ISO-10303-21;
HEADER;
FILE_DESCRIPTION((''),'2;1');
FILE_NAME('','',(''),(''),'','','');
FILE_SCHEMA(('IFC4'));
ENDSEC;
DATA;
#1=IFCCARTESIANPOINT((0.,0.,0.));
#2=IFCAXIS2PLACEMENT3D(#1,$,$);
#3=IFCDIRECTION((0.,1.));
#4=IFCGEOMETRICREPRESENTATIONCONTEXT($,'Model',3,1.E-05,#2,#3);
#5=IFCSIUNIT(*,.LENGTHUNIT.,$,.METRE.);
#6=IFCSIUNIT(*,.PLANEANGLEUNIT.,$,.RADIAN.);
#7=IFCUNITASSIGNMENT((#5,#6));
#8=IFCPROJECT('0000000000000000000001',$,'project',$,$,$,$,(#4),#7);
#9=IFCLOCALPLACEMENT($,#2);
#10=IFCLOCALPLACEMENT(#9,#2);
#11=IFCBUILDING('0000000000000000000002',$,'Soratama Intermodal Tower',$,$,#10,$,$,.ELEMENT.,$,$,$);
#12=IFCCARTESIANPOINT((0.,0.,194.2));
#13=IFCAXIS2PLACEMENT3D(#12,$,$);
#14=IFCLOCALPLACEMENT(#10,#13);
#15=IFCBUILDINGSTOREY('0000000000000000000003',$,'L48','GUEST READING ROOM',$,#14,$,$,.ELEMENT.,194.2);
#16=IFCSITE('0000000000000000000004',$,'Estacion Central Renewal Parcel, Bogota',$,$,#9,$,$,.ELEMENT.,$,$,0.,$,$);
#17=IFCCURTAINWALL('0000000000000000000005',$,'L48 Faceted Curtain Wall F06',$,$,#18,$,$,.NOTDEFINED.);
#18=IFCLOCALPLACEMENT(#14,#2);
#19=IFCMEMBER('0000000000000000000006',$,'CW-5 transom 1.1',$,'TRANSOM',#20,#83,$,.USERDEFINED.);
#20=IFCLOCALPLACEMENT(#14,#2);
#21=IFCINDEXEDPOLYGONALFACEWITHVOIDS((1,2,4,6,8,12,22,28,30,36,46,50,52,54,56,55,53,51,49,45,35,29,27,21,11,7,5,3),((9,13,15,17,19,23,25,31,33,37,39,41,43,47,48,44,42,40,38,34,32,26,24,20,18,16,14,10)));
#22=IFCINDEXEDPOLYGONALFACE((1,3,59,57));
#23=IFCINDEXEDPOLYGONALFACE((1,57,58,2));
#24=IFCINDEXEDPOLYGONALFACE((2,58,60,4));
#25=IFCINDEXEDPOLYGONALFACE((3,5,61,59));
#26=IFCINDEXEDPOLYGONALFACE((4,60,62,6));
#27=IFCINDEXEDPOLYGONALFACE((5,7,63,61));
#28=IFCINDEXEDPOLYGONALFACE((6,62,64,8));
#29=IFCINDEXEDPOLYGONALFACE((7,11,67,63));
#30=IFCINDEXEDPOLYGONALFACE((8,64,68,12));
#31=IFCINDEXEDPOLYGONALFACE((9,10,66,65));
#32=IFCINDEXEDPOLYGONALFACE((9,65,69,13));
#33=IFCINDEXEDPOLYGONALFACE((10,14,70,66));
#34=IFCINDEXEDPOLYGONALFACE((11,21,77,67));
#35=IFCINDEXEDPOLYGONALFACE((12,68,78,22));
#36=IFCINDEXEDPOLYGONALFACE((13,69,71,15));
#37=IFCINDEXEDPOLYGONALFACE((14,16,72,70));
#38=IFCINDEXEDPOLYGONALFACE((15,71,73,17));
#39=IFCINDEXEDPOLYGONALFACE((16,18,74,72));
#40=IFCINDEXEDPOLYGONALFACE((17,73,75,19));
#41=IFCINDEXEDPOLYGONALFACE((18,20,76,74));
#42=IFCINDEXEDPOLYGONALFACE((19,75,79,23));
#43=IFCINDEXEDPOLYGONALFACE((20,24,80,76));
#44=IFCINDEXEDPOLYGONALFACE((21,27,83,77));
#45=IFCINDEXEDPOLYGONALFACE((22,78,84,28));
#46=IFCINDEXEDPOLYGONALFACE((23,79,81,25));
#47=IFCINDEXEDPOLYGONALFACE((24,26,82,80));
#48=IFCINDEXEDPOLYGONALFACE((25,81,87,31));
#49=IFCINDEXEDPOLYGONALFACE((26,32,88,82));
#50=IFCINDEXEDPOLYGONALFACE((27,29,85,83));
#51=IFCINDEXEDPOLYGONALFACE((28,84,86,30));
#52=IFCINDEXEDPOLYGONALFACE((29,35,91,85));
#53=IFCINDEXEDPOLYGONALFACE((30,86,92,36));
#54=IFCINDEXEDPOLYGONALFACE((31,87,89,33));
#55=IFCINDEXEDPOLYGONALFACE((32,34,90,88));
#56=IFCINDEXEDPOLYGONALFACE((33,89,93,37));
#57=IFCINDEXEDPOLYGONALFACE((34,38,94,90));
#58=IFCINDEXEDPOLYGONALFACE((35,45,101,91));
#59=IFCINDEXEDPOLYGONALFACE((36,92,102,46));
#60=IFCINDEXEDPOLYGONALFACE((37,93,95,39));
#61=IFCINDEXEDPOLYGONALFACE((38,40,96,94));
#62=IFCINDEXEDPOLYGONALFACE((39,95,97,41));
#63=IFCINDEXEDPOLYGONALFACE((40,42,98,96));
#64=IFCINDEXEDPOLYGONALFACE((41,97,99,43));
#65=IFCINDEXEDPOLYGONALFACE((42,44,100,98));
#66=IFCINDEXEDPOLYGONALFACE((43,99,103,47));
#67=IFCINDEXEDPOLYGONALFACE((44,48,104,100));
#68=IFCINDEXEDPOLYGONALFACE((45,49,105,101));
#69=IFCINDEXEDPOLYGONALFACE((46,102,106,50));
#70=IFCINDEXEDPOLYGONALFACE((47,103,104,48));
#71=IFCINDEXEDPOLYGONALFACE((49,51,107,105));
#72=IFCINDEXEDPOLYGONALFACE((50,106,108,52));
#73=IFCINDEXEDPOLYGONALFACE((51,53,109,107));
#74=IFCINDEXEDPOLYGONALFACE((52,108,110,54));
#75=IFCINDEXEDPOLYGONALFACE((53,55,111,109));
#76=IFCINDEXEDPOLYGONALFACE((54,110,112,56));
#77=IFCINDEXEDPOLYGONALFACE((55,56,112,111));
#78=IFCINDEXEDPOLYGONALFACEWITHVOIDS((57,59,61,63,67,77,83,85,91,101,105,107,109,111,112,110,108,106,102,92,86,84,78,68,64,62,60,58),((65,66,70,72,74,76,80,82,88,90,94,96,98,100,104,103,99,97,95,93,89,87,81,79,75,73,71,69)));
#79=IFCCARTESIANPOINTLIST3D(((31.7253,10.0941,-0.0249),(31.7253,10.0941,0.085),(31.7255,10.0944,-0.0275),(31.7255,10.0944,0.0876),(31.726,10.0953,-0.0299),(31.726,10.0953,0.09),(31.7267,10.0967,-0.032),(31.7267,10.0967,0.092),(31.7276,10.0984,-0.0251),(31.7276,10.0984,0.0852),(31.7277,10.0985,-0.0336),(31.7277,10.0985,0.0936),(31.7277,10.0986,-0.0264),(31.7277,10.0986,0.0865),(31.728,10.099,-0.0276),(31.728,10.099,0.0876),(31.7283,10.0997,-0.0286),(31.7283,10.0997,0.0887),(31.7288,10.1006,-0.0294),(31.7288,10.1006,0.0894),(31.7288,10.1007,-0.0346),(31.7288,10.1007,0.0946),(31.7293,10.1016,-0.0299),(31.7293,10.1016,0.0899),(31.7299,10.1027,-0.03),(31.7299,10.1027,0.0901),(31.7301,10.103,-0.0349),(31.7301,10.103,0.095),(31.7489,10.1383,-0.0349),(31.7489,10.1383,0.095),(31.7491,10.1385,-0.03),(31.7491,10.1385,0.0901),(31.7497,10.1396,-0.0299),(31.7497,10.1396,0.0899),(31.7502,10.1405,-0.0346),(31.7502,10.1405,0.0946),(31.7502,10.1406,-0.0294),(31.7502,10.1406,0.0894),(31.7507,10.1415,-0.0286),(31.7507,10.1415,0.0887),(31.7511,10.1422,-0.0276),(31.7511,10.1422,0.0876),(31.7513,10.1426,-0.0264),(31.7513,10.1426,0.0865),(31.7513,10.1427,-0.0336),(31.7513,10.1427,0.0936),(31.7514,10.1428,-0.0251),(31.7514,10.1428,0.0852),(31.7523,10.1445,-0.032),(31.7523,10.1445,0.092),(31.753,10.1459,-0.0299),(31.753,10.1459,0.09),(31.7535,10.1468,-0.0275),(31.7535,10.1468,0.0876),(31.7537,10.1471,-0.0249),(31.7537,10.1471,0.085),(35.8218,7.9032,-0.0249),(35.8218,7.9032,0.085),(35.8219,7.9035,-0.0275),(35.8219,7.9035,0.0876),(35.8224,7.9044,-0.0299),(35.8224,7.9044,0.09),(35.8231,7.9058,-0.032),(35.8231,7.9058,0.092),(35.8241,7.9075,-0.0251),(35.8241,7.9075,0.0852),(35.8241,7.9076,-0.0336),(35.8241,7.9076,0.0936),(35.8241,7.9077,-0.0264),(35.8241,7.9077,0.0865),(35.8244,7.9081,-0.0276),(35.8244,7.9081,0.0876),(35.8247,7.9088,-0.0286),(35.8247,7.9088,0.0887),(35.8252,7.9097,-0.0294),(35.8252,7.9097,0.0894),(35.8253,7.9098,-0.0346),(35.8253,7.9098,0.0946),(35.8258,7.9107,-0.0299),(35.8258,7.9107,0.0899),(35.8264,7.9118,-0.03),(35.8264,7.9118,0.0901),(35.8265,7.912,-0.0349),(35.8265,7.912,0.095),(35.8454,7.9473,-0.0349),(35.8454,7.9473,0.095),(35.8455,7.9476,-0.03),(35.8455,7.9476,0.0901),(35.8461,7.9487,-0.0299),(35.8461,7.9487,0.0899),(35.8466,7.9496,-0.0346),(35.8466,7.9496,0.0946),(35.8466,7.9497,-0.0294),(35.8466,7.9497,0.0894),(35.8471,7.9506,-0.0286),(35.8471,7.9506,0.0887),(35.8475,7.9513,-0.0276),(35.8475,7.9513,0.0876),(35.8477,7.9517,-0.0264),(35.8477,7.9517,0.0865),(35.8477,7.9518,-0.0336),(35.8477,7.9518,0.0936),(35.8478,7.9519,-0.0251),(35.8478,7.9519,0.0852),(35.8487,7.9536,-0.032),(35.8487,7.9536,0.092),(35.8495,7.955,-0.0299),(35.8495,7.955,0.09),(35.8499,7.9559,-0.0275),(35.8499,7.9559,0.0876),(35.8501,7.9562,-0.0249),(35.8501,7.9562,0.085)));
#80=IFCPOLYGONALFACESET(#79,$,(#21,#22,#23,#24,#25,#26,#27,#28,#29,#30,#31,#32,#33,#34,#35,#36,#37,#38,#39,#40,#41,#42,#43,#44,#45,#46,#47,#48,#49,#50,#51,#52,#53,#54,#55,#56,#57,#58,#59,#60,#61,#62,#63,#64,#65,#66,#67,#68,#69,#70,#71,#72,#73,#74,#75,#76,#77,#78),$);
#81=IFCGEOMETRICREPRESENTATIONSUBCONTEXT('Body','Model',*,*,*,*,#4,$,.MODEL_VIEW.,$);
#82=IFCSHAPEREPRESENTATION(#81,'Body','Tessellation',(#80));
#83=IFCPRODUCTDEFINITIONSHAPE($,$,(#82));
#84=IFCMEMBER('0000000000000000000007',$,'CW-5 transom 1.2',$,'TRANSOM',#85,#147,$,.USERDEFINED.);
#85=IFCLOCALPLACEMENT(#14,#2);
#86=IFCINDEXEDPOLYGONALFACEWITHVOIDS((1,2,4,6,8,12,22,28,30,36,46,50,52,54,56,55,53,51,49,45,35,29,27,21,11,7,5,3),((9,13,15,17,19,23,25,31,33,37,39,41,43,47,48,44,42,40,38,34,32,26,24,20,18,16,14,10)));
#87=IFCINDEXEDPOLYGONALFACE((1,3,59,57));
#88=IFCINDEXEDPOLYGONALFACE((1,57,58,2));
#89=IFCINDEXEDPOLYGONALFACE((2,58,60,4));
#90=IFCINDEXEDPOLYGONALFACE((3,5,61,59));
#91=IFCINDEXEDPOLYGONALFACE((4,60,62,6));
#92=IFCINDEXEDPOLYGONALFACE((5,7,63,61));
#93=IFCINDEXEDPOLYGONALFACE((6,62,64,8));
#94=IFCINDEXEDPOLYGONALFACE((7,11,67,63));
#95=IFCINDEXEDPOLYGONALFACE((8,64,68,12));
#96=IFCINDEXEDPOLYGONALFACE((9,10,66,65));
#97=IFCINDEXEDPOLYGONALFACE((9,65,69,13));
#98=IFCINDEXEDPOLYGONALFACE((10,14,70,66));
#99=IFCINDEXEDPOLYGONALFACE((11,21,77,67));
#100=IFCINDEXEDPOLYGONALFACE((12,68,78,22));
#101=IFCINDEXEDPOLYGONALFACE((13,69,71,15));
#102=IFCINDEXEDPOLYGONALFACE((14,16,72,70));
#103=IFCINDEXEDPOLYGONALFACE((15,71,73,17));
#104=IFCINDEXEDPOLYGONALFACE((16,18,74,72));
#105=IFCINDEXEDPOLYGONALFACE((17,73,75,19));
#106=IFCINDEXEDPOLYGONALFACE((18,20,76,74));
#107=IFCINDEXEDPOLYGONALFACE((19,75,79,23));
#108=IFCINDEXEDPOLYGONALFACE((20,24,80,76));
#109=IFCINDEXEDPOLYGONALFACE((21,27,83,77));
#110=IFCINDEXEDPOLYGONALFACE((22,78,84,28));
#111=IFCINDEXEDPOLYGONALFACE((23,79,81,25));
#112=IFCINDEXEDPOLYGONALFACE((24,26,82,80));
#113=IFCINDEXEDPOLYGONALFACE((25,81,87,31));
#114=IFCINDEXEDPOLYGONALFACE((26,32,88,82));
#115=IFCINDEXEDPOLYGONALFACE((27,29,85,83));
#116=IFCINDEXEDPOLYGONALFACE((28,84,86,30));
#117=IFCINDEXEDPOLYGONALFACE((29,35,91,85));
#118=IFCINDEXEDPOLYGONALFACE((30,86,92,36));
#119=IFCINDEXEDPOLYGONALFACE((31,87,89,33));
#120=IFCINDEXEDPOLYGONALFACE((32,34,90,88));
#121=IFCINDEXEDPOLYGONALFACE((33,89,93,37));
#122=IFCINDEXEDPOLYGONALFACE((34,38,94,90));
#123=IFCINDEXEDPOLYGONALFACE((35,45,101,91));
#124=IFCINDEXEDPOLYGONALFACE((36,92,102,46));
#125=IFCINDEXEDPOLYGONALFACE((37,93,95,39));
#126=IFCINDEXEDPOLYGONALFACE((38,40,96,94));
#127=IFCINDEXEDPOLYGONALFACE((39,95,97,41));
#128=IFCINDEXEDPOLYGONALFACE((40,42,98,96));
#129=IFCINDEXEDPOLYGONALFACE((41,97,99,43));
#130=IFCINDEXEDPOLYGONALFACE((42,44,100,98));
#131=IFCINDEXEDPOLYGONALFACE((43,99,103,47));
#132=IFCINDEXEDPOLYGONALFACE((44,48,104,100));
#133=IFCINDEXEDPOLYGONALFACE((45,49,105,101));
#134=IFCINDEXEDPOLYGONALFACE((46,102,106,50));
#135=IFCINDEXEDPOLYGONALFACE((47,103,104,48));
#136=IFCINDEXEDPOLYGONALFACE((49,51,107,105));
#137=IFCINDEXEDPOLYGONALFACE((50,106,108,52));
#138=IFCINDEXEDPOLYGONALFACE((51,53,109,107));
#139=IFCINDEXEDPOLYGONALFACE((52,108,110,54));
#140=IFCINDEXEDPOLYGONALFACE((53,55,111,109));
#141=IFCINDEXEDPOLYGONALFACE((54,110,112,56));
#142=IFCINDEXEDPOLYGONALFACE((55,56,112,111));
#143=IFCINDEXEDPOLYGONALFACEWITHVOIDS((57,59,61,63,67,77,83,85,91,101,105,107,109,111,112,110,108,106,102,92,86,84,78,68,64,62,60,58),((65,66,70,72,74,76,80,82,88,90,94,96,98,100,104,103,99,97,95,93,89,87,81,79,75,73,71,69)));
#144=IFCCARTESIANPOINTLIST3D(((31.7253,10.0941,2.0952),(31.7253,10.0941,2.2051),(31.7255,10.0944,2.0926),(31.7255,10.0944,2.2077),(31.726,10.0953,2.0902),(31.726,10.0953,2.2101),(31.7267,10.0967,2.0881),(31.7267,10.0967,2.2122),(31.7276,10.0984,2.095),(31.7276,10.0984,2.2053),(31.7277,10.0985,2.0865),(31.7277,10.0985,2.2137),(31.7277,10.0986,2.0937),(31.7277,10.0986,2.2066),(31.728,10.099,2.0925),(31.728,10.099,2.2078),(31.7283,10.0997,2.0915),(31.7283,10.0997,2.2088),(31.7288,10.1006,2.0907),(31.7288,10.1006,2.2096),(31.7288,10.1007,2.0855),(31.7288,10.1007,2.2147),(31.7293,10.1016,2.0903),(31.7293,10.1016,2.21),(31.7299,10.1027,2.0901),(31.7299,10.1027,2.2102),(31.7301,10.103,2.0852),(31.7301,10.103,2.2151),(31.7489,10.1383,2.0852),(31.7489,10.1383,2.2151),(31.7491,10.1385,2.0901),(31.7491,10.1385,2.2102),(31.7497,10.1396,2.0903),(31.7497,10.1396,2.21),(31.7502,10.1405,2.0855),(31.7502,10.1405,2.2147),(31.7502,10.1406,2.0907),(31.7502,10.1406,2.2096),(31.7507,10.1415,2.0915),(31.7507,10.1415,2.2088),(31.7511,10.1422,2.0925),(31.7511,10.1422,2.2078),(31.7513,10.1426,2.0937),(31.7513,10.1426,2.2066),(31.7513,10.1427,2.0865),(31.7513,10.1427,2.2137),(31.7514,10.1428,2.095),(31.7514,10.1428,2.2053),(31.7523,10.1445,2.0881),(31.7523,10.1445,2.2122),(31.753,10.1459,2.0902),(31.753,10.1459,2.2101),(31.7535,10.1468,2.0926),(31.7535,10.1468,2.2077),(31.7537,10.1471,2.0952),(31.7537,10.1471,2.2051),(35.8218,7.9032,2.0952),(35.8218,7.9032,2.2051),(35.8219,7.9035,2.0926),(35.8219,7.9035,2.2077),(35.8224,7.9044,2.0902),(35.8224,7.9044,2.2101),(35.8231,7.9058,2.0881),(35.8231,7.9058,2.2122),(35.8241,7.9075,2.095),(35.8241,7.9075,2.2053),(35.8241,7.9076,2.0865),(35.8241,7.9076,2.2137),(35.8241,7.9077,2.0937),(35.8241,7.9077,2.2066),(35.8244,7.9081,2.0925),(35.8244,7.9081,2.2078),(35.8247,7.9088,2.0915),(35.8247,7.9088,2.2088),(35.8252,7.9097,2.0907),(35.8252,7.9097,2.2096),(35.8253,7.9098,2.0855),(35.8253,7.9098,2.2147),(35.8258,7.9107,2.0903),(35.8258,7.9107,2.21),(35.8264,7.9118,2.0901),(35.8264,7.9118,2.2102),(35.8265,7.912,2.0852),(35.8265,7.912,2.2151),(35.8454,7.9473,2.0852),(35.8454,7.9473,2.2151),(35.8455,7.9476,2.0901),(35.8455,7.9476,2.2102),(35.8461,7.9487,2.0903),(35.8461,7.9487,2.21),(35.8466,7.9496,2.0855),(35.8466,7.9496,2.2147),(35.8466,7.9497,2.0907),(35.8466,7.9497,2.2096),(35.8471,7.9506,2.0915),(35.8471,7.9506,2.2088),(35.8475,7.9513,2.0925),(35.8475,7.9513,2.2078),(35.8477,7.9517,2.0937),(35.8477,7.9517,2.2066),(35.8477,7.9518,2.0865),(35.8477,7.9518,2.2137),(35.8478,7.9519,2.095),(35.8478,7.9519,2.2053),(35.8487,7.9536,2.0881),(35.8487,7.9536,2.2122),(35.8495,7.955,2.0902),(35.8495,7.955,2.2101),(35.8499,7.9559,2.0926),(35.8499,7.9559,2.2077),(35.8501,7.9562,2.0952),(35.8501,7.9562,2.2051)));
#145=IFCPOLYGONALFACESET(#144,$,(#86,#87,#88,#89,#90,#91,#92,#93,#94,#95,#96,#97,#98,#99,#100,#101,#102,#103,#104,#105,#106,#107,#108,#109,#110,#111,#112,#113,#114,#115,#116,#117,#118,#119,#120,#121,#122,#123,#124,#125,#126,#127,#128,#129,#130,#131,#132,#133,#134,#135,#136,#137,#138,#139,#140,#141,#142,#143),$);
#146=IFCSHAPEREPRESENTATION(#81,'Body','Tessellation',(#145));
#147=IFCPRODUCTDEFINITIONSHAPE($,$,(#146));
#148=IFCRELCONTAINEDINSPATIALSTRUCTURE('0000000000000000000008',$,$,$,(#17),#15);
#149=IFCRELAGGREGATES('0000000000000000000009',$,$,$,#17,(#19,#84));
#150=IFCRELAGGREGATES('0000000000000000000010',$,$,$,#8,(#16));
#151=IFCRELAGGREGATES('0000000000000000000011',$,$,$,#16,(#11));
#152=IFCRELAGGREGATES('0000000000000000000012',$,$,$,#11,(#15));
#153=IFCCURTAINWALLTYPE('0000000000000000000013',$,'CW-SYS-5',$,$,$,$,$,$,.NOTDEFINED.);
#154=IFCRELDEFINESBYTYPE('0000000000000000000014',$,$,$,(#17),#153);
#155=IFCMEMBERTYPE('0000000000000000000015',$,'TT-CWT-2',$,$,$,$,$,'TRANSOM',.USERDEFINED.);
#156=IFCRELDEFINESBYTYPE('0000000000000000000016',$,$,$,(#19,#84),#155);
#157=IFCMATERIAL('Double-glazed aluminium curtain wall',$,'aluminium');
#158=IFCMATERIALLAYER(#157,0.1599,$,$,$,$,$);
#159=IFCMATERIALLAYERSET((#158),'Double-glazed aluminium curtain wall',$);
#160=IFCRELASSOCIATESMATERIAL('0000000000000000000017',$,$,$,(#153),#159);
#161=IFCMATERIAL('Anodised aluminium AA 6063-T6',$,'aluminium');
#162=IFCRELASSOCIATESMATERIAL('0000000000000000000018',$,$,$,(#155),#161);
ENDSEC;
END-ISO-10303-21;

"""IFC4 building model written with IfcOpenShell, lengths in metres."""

from ifc_helpers import new_model, si_unit, direction, frame, origin, origin_2d, place, context, subcontext, project, spatial, hollow_rectangle, extrude, material, layer, layer_set, material_profile, profile_set, type_object, element, aggregate, save


model = new_model("IFC4")

# Units and contexts
model_context = context("Model", 3, precision=1e-05, world=origin(), true_north=direction((0.0, 1.0)))
body_context = subcontext(model_context, "Body", "Model", "MODEL_VIEW")
ifc_project = project(units=[si_unit("LENGTHUNIT", "METRE"), si_unit("PLANEANGLEUNIT", "RADIAN")], contexts=[model_context])

# Site, building, storey
site_placement = place(None, origin())
site = spatial("IfcSite", under=ifc_project, at=site_placement, Name="Estacion Central Renewal Parcel, Bogota", CompositionType="ELEMENT", RefElevation=0.0)
building_placement = place(site_placement, origin())
building = spatial("IfcBuilding", under=site, at=building_placement, Name="Soratama Intermodal Tower", CompositionType="ELEMENT")
storey_placement = place(building_placement, frame((0.0, 0.0, 194.2)))
storey = spatial("IfcBuildingStorey", under=building, at=storey_placement, Name="L48", Description="GUEST READING ROOM", CompositionType="ELEMENT", Elevation=194.2)

# Curtain wall
ifc_material_1 = material(Name="Double-glazed aluminium curtain wall", Category="aluminium")
ifc_layer_1 = layer(ifc_material_1, 0.1599)
ifc_layer_set_1 = layer_set([ifc_layer_1], Name="Double-glazed aluminium curtain wall")
curtain_wall_type = type_object("IfcCurtainWallType", Name="CW-SYS-5", PredefinedType="NOTDEFINED", material=ifc_layer_set_1)
curtain_wall_1_placement = place(storey_placement, origin())
curtain_wall_1 = element("IfcCurtainWall", 1, at=curtain_wall_1_placement, inside=storey, type_object=curtain_wall_type, Name="L48 Faceted Curtain Wall F06", PredefinedType="NOTDEFINED")

# Members
ifc_material_2 = material(Name="Anodised aluminium AA 6063-T6", Category="aluminium")
ifc_material_profile_1 = material_profile(ifc_material_2, hollow_rectangle(XDim=0.0601, YDim=0.1299, WallThickness=0.0049, InnerFilletRadius=0.0049, OuterFilletRadius=0.01, at=origin_2d()), Name="CWT130X60X5")
ifc_profile_set_1 = profile_set([ifc_material_profile_1], Name="Anodised aluminium AA 6063-T6")
member_type_1 = type_object("IfcMemberType", Name="TT-CWT-2", ElementType="TRANSOM", PredefinedType="USERDEFINED", material=ifc_profile_set_1)
member_1_placement = place(storey_placement, frame((31.7395, 10.1206, 0.03), z_axis=(0.881802, -0.471619, 0.0), x_axis=(0.471619, 0.881802, 0.0)))
member_1 = element("IfcMember", 2, at=member_1_placement, type_object=member_type_1, Name="CW-5 transom 1.1", ObjectType="TRANSOM", PredefinedType="USERDEFINED", context=body_context, shape_type="SweptSolid", body=[
    extrude(hollow_rectangle(XDim=0.0601, YDim=0.1299, WallThickness=0.0049, InnerFilletRadius=0.0049, OuterFilletRadius=0.01, at=origin_2d()), origin(), (0.0, 0.0, 1.0), 4.6455),
])
member_2_placement = place(storey_placement, frame((31.7395, 10.1206, 2.1501), z_axis=(0.881802, -0.471619, 0.0), x_axis=(0.471619, 0.881802, 0.0)))
member_2 = element("IfcMember", 3, at=member_2_placement, type_object=member_type_1, Name="CW-5 transom 1.2", ObjectType="TRANSOM", PredefinedType="USERDEFINED", context=body_context, shape_type="SweptSolid", body=[
    extrude(hollow_rectangle(XDim=0.0601, YDim=0.1299, WallThickness=0.0049, InnerFilletRadius=0.0049, OuterFilletRadius=0.01, at=origin_2d()), origin(), (0.0, 0.0, 1.0), 4.6455),
])
aggregate(curtain_wall_1, [member_1, member_2])

save(model, "model.ifc")
